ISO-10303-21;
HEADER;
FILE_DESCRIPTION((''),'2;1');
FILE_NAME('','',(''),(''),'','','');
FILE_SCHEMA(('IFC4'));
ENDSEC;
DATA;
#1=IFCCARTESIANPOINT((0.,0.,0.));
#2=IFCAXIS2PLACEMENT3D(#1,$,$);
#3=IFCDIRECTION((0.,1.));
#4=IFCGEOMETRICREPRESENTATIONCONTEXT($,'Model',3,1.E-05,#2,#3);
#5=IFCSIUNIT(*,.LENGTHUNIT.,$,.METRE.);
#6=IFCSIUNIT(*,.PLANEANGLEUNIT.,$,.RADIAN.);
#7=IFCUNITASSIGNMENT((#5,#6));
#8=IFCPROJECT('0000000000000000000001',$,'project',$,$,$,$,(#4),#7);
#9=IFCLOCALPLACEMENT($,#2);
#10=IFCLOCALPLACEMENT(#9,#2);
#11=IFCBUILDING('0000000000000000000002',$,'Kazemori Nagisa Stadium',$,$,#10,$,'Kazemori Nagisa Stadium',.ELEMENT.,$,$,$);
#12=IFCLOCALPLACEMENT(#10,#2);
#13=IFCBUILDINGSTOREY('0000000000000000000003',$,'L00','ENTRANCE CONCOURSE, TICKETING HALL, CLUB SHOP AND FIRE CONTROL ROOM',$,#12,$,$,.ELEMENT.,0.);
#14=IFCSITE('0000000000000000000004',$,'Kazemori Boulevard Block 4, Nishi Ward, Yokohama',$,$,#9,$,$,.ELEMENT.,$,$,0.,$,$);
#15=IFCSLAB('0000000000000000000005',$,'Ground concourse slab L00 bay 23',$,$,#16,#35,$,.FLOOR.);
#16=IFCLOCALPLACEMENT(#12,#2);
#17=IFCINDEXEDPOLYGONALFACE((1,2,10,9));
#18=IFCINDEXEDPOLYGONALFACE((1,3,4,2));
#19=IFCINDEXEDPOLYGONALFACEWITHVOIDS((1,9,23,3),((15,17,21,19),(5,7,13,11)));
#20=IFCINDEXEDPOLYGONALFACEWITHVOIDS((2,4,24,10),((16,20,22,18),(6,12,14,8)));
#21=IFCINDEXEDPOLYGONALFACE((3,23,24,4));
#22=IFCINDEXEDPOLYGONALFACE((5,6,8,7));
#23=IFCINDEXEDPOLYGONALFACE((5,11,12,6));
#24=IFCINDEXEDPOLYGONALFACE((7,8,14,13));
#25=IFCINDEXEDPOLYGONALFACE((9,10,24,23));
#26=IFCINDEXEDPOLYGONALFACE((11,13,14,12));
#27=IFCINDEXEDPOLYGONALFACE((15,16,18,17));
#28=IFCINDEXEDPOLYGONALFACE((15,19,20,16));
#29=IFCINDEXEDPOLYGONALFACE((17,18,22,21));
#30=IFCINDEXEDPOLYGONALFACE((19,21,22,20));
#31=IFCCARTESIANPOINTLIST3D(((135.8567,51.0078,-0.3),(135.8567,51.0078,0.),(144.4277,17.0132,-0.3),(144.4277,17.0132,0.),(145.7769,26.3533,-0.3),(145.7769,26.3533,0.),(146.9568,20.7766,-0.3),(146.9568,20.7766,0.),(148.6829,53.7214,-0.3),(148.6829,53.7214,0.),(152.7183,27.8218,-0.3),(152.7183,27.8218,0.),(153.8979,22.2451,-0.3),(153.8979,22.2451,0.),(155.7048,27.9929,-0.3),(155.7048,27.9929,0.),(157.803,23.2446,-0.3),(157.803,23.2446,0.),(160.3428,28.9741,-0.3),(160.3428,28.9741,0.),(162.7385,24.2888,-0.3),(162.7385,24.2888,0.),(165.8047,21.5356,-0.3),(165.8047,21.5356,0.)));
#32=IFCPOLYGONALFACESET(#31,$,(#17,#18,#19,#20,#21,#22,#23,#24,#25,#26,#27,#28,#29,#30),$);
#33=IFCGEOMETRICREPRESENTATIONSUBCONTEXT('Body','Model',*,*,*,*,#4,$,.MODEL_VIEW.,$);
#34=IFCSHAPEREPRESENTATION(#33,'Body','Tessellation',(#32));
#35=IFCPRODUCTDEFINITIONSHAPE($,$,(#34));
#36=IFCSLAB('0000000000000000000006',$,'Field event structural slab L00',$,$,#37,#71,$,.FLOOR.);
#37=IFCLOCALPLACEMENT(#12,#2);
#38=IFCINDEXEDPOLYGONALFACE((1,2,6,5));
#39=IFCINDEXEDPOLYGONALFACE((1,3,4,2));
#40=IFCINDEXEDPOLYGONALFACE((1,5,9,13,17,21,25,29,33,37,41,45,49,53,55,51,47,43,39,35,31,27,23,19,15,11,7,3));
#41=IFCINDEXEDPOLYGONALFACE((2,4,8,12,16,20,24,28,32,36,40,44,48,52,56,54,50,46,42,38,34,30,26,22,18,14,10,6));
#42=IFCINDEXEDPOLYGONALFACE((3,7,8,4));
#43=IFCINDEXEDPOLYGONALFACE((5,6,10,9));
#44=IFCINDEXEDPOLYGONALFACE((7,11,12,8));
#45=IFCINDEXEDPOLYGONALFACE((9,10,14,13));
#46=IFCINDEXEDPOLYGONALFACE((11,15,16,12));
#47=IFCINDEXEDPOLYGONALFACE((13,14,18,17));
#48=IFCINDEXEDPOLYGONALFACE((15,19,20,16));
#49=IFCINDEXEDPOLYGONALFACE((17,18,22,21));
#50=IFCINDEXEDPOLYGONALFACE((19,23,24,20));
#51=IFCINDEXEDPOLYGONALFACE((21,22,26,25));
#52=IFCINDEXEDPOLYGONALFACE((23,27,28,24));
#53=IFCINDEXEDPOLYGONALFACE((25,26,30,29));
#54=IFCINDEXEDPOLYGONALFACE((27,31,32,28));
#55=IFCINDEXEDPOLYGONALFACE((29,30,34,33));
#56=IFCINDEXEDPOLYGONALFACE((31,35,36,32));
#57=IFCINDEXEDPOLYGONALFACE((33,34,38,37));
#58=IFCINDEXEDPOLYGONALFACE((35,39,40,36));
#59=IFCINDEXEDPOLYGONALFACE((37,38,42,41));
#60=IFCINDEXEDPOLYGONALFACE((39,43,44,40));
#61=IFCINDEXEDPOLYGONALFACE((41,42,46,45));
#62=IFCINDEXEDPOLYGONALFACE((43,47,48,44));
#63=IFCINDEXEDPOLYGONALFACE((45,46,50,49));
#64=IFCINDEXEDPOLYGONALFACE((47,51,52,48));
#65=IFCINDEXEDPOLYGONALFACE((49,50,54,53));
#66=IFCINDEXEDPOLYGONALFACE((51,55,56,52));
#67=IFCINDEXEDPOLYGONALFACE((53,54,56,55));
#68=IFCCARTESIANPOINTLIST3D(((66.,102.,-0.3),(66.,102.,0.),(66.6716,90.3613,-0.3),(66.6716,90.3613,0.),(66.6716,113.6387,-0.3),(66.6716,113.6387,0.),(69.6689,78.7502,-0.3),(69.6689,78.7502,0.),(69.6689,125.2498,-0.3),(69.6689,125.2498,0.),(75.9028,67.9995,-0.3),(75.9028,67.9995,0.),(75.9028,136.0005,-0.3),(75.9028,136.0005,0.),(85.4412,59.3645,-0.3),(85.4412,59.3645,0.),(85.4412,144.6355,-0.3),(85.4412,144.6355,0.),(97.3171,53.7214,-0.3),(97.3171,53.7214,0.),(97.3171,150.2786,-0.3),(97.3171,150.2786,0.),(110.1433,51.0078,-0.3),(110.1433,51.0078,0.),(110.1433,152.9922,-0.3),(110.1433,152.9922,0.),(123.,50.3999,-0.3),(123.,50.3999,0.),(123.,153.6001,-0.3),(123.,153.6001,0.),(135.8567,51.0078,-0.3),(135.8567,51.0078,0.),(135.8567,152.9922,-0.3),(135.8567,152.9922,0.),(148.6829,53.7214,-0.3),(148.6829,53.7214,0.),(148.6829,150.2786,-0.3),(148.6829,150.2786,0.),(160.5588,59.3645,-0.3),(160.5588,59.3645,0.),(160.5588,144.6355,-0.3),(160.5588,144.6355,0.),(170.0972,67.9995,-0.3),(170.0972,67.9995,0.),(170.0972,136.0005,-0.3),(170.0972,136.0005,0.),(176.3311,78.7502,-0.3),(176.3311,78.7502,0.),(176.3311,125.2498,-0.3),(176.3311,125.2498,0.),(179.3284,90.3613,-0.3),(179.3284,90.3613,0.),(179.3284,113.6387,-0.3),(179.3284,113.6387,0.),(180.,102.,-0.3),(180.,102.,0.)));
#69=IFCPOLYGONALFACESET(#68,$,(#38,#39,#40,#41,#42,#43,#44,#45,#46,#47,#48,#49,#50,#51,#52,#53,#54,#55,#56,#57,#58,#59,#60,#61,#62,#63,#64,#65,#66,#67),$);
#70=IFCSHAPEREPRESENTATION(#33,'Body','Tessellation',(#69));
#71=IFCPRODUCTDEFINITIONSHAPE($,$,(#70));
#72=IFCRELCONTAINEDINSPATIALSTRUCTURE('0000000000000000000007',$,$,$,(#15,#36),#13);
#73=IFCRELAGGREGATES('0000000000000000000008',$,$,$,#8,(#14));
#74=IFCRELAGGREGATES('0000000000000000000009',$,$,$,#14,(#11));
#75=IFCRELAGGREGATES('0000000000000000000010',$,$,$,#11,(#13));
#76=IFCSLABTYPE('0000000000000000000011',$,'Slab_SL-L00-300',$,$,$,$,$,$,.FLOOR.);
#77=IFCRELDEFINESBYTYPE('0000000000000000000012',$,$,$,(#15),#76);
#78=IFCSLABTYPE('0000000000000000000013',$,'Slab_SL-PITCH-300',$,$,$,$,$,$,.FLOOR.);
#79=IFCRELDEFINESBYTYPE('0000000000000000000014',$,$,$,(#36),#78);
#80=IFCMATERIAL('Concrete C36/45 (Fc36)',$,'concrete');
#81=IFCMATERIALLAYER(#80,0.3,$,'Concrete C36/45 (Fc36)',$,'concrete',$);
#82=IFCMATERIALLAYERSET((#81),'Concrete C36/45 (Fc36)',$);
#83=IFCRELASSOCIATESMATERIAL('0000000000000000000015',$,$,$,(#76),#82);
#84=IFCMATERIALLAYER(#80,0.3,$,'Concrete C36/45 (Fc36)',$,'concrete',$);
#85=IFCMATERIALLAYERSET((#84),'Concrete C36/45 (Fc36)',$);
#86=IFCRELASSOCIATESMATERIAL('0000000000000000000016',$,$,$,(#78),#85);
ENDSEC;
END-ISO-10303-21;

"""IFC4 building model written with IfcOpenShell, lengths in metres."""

from ifc_helpers import new_model, si_unit, direction, frame, origin, place, context, subcontext, project, spatial, polyline, outline, extrude, material, layer, layer_set, type_object, element, save


model = new_model("IFC4")

# Units and contexts
model_context = context("Model", 3, precision=1e-05, world=origin(), true_north=direction((0.0, 1.0)))
body_context = subcontext(model_context, "Body", "Model", "MODEL_VIEW")
ifc_project = project(units=[si_unit("LENGTHUNIT", "METRE"), si_unit("PLANEANGLEUNIT", "RADIAN")], contexts=[model_context])

# Site, building, storey
site_placement = place(None, origin())
site = spatial("IfcSite", under=ifc_project, at=site_placement, Name="Kazemori Boulevard Block 4, Nishi Ward, Yokohama", CompositionType="ELEMENT", RefElevation=0.0)
building_placement = place(site_placement, origin())
building = spatial("IfcBuilding", under=site, at=building_placement, Name="Kazemori Nagisa Stadium", LongName="Kazemori Nagisa Stadium", CompositionType="ELEMENT")
storey_placement = place(building_placement, origin())
storey = spatial("IfcBuildingStorey", under=building, at=storey_placement, Name="L00", Description="ENTRANCE CONCOURSE, TICKETING HALL, CLUB SHOP AND FIRE CONTROL ROOM", CompositionType="ELEMENT", Elevation=0.0)

# Slabs
ifc_material = material(Name="Concrete C36/45 (Fc36)", Category="concrete")
ifc_layer_1 = layer(ifc_material, 0.3, Name="Concrete C36/45 (Fc36)", Category="concrete")
ifc_layer_set_1 = layer_set([ifc_layer_1], Name="Concrete C36/45 (Fc36)")
slab_type_1 = type_object("IfcSlabType", Name="Slab_SL-L00-300", PredefinedType="FLOOR", material=ifc_layer_set_1)
slab_1_placement = place(storey_placement, frame((0.0, 0.0, -0.3)))
element("IfcSlab", 1, at=slab_1_placement, inside=storey, type_object=slab_type_1, Name="Ground concourse slab L00 bay 23", PredefinedType="FLOOR", context=body_context, shape_type="SweptSolid", body=[
    extrude(outline(polyline([(135.8567, 51.0078), (148.6829, 53.7214), (165.8047, 21.5356), (144.4277, 17.0132), (135.8567, 51.0078)]), holes=[polyline([(145.7769, 26.3533), (152.7183, 27.8218), (153.8979, 22.2451), (146.9568, 20.7766), (145.7769, 26.3533)]), polyline([(155.7048, 27.9929), (160.3428, 28.9741), (162.7385, 24.2888), (157.803, 23.2446), (155.7048, 27.9929)])]), origin(), (0.0, 0.0, 1.0), 0.3),
])
ifc_layer_2 = layer(ifc_material, 0.3, Name="Concrete C36/45 (Fc36)", Category="concrete")
ifc_layer_set_2 = layer_set([ifc_layer_2], Name="Concrete C36/45 (Fc36)")
slab_type_2 = type_object("IfcSlabType", Name="Slab_SL-PITCH-300", PredefinedType="FLOOR", material=ifc_layer_set_2)
slab_2_placement = place(storey_placement, frame((0.0, 0.0, -0.3)))
element("IfcSlab", 2, at=slab_2_placement, inside=storey, type_object=slab_type_2, Name="Field event structural slab L00", PredefinedType="FLOOR", context=body_context, shape_type="SweptSolid", body=[
    extrude(outline(polyline([(180.0, 102.0), (179.3284, 113.6387), (176.3311, 125.2498), (170.0972, 136.0005), (160.5588, 144.6355), (148.6829, 150.2786), (135.8567, 152.9922), (123.0, 153.6001), (110.1433, 152.9922), (97.3171, 150.2786), (85.4412, 144.6355), (75.9028, 136.0005), (69.6689, 125.2498), (66.6716, 113.6387), (66.0, 102.0), (66.6716, 90.3613), (69.6689, 78.7502), (75.9028, 67.9995), (85.4412, 59.3645), (97.3171, 53.7214), (110.1433, 51.0078), (123.0, 50.3999), (135.8567, 51.0078), (148.6829, 53.7214), (160.5588, 59.3645), (170.0972, 67.9995), (176.3311, 78.7502), (179.3284, 90.3613), (180.0, 102.0)])), origin(), (0.0, 0.0, 1.0), 0.3),
])

save(model, "model.ifc")
